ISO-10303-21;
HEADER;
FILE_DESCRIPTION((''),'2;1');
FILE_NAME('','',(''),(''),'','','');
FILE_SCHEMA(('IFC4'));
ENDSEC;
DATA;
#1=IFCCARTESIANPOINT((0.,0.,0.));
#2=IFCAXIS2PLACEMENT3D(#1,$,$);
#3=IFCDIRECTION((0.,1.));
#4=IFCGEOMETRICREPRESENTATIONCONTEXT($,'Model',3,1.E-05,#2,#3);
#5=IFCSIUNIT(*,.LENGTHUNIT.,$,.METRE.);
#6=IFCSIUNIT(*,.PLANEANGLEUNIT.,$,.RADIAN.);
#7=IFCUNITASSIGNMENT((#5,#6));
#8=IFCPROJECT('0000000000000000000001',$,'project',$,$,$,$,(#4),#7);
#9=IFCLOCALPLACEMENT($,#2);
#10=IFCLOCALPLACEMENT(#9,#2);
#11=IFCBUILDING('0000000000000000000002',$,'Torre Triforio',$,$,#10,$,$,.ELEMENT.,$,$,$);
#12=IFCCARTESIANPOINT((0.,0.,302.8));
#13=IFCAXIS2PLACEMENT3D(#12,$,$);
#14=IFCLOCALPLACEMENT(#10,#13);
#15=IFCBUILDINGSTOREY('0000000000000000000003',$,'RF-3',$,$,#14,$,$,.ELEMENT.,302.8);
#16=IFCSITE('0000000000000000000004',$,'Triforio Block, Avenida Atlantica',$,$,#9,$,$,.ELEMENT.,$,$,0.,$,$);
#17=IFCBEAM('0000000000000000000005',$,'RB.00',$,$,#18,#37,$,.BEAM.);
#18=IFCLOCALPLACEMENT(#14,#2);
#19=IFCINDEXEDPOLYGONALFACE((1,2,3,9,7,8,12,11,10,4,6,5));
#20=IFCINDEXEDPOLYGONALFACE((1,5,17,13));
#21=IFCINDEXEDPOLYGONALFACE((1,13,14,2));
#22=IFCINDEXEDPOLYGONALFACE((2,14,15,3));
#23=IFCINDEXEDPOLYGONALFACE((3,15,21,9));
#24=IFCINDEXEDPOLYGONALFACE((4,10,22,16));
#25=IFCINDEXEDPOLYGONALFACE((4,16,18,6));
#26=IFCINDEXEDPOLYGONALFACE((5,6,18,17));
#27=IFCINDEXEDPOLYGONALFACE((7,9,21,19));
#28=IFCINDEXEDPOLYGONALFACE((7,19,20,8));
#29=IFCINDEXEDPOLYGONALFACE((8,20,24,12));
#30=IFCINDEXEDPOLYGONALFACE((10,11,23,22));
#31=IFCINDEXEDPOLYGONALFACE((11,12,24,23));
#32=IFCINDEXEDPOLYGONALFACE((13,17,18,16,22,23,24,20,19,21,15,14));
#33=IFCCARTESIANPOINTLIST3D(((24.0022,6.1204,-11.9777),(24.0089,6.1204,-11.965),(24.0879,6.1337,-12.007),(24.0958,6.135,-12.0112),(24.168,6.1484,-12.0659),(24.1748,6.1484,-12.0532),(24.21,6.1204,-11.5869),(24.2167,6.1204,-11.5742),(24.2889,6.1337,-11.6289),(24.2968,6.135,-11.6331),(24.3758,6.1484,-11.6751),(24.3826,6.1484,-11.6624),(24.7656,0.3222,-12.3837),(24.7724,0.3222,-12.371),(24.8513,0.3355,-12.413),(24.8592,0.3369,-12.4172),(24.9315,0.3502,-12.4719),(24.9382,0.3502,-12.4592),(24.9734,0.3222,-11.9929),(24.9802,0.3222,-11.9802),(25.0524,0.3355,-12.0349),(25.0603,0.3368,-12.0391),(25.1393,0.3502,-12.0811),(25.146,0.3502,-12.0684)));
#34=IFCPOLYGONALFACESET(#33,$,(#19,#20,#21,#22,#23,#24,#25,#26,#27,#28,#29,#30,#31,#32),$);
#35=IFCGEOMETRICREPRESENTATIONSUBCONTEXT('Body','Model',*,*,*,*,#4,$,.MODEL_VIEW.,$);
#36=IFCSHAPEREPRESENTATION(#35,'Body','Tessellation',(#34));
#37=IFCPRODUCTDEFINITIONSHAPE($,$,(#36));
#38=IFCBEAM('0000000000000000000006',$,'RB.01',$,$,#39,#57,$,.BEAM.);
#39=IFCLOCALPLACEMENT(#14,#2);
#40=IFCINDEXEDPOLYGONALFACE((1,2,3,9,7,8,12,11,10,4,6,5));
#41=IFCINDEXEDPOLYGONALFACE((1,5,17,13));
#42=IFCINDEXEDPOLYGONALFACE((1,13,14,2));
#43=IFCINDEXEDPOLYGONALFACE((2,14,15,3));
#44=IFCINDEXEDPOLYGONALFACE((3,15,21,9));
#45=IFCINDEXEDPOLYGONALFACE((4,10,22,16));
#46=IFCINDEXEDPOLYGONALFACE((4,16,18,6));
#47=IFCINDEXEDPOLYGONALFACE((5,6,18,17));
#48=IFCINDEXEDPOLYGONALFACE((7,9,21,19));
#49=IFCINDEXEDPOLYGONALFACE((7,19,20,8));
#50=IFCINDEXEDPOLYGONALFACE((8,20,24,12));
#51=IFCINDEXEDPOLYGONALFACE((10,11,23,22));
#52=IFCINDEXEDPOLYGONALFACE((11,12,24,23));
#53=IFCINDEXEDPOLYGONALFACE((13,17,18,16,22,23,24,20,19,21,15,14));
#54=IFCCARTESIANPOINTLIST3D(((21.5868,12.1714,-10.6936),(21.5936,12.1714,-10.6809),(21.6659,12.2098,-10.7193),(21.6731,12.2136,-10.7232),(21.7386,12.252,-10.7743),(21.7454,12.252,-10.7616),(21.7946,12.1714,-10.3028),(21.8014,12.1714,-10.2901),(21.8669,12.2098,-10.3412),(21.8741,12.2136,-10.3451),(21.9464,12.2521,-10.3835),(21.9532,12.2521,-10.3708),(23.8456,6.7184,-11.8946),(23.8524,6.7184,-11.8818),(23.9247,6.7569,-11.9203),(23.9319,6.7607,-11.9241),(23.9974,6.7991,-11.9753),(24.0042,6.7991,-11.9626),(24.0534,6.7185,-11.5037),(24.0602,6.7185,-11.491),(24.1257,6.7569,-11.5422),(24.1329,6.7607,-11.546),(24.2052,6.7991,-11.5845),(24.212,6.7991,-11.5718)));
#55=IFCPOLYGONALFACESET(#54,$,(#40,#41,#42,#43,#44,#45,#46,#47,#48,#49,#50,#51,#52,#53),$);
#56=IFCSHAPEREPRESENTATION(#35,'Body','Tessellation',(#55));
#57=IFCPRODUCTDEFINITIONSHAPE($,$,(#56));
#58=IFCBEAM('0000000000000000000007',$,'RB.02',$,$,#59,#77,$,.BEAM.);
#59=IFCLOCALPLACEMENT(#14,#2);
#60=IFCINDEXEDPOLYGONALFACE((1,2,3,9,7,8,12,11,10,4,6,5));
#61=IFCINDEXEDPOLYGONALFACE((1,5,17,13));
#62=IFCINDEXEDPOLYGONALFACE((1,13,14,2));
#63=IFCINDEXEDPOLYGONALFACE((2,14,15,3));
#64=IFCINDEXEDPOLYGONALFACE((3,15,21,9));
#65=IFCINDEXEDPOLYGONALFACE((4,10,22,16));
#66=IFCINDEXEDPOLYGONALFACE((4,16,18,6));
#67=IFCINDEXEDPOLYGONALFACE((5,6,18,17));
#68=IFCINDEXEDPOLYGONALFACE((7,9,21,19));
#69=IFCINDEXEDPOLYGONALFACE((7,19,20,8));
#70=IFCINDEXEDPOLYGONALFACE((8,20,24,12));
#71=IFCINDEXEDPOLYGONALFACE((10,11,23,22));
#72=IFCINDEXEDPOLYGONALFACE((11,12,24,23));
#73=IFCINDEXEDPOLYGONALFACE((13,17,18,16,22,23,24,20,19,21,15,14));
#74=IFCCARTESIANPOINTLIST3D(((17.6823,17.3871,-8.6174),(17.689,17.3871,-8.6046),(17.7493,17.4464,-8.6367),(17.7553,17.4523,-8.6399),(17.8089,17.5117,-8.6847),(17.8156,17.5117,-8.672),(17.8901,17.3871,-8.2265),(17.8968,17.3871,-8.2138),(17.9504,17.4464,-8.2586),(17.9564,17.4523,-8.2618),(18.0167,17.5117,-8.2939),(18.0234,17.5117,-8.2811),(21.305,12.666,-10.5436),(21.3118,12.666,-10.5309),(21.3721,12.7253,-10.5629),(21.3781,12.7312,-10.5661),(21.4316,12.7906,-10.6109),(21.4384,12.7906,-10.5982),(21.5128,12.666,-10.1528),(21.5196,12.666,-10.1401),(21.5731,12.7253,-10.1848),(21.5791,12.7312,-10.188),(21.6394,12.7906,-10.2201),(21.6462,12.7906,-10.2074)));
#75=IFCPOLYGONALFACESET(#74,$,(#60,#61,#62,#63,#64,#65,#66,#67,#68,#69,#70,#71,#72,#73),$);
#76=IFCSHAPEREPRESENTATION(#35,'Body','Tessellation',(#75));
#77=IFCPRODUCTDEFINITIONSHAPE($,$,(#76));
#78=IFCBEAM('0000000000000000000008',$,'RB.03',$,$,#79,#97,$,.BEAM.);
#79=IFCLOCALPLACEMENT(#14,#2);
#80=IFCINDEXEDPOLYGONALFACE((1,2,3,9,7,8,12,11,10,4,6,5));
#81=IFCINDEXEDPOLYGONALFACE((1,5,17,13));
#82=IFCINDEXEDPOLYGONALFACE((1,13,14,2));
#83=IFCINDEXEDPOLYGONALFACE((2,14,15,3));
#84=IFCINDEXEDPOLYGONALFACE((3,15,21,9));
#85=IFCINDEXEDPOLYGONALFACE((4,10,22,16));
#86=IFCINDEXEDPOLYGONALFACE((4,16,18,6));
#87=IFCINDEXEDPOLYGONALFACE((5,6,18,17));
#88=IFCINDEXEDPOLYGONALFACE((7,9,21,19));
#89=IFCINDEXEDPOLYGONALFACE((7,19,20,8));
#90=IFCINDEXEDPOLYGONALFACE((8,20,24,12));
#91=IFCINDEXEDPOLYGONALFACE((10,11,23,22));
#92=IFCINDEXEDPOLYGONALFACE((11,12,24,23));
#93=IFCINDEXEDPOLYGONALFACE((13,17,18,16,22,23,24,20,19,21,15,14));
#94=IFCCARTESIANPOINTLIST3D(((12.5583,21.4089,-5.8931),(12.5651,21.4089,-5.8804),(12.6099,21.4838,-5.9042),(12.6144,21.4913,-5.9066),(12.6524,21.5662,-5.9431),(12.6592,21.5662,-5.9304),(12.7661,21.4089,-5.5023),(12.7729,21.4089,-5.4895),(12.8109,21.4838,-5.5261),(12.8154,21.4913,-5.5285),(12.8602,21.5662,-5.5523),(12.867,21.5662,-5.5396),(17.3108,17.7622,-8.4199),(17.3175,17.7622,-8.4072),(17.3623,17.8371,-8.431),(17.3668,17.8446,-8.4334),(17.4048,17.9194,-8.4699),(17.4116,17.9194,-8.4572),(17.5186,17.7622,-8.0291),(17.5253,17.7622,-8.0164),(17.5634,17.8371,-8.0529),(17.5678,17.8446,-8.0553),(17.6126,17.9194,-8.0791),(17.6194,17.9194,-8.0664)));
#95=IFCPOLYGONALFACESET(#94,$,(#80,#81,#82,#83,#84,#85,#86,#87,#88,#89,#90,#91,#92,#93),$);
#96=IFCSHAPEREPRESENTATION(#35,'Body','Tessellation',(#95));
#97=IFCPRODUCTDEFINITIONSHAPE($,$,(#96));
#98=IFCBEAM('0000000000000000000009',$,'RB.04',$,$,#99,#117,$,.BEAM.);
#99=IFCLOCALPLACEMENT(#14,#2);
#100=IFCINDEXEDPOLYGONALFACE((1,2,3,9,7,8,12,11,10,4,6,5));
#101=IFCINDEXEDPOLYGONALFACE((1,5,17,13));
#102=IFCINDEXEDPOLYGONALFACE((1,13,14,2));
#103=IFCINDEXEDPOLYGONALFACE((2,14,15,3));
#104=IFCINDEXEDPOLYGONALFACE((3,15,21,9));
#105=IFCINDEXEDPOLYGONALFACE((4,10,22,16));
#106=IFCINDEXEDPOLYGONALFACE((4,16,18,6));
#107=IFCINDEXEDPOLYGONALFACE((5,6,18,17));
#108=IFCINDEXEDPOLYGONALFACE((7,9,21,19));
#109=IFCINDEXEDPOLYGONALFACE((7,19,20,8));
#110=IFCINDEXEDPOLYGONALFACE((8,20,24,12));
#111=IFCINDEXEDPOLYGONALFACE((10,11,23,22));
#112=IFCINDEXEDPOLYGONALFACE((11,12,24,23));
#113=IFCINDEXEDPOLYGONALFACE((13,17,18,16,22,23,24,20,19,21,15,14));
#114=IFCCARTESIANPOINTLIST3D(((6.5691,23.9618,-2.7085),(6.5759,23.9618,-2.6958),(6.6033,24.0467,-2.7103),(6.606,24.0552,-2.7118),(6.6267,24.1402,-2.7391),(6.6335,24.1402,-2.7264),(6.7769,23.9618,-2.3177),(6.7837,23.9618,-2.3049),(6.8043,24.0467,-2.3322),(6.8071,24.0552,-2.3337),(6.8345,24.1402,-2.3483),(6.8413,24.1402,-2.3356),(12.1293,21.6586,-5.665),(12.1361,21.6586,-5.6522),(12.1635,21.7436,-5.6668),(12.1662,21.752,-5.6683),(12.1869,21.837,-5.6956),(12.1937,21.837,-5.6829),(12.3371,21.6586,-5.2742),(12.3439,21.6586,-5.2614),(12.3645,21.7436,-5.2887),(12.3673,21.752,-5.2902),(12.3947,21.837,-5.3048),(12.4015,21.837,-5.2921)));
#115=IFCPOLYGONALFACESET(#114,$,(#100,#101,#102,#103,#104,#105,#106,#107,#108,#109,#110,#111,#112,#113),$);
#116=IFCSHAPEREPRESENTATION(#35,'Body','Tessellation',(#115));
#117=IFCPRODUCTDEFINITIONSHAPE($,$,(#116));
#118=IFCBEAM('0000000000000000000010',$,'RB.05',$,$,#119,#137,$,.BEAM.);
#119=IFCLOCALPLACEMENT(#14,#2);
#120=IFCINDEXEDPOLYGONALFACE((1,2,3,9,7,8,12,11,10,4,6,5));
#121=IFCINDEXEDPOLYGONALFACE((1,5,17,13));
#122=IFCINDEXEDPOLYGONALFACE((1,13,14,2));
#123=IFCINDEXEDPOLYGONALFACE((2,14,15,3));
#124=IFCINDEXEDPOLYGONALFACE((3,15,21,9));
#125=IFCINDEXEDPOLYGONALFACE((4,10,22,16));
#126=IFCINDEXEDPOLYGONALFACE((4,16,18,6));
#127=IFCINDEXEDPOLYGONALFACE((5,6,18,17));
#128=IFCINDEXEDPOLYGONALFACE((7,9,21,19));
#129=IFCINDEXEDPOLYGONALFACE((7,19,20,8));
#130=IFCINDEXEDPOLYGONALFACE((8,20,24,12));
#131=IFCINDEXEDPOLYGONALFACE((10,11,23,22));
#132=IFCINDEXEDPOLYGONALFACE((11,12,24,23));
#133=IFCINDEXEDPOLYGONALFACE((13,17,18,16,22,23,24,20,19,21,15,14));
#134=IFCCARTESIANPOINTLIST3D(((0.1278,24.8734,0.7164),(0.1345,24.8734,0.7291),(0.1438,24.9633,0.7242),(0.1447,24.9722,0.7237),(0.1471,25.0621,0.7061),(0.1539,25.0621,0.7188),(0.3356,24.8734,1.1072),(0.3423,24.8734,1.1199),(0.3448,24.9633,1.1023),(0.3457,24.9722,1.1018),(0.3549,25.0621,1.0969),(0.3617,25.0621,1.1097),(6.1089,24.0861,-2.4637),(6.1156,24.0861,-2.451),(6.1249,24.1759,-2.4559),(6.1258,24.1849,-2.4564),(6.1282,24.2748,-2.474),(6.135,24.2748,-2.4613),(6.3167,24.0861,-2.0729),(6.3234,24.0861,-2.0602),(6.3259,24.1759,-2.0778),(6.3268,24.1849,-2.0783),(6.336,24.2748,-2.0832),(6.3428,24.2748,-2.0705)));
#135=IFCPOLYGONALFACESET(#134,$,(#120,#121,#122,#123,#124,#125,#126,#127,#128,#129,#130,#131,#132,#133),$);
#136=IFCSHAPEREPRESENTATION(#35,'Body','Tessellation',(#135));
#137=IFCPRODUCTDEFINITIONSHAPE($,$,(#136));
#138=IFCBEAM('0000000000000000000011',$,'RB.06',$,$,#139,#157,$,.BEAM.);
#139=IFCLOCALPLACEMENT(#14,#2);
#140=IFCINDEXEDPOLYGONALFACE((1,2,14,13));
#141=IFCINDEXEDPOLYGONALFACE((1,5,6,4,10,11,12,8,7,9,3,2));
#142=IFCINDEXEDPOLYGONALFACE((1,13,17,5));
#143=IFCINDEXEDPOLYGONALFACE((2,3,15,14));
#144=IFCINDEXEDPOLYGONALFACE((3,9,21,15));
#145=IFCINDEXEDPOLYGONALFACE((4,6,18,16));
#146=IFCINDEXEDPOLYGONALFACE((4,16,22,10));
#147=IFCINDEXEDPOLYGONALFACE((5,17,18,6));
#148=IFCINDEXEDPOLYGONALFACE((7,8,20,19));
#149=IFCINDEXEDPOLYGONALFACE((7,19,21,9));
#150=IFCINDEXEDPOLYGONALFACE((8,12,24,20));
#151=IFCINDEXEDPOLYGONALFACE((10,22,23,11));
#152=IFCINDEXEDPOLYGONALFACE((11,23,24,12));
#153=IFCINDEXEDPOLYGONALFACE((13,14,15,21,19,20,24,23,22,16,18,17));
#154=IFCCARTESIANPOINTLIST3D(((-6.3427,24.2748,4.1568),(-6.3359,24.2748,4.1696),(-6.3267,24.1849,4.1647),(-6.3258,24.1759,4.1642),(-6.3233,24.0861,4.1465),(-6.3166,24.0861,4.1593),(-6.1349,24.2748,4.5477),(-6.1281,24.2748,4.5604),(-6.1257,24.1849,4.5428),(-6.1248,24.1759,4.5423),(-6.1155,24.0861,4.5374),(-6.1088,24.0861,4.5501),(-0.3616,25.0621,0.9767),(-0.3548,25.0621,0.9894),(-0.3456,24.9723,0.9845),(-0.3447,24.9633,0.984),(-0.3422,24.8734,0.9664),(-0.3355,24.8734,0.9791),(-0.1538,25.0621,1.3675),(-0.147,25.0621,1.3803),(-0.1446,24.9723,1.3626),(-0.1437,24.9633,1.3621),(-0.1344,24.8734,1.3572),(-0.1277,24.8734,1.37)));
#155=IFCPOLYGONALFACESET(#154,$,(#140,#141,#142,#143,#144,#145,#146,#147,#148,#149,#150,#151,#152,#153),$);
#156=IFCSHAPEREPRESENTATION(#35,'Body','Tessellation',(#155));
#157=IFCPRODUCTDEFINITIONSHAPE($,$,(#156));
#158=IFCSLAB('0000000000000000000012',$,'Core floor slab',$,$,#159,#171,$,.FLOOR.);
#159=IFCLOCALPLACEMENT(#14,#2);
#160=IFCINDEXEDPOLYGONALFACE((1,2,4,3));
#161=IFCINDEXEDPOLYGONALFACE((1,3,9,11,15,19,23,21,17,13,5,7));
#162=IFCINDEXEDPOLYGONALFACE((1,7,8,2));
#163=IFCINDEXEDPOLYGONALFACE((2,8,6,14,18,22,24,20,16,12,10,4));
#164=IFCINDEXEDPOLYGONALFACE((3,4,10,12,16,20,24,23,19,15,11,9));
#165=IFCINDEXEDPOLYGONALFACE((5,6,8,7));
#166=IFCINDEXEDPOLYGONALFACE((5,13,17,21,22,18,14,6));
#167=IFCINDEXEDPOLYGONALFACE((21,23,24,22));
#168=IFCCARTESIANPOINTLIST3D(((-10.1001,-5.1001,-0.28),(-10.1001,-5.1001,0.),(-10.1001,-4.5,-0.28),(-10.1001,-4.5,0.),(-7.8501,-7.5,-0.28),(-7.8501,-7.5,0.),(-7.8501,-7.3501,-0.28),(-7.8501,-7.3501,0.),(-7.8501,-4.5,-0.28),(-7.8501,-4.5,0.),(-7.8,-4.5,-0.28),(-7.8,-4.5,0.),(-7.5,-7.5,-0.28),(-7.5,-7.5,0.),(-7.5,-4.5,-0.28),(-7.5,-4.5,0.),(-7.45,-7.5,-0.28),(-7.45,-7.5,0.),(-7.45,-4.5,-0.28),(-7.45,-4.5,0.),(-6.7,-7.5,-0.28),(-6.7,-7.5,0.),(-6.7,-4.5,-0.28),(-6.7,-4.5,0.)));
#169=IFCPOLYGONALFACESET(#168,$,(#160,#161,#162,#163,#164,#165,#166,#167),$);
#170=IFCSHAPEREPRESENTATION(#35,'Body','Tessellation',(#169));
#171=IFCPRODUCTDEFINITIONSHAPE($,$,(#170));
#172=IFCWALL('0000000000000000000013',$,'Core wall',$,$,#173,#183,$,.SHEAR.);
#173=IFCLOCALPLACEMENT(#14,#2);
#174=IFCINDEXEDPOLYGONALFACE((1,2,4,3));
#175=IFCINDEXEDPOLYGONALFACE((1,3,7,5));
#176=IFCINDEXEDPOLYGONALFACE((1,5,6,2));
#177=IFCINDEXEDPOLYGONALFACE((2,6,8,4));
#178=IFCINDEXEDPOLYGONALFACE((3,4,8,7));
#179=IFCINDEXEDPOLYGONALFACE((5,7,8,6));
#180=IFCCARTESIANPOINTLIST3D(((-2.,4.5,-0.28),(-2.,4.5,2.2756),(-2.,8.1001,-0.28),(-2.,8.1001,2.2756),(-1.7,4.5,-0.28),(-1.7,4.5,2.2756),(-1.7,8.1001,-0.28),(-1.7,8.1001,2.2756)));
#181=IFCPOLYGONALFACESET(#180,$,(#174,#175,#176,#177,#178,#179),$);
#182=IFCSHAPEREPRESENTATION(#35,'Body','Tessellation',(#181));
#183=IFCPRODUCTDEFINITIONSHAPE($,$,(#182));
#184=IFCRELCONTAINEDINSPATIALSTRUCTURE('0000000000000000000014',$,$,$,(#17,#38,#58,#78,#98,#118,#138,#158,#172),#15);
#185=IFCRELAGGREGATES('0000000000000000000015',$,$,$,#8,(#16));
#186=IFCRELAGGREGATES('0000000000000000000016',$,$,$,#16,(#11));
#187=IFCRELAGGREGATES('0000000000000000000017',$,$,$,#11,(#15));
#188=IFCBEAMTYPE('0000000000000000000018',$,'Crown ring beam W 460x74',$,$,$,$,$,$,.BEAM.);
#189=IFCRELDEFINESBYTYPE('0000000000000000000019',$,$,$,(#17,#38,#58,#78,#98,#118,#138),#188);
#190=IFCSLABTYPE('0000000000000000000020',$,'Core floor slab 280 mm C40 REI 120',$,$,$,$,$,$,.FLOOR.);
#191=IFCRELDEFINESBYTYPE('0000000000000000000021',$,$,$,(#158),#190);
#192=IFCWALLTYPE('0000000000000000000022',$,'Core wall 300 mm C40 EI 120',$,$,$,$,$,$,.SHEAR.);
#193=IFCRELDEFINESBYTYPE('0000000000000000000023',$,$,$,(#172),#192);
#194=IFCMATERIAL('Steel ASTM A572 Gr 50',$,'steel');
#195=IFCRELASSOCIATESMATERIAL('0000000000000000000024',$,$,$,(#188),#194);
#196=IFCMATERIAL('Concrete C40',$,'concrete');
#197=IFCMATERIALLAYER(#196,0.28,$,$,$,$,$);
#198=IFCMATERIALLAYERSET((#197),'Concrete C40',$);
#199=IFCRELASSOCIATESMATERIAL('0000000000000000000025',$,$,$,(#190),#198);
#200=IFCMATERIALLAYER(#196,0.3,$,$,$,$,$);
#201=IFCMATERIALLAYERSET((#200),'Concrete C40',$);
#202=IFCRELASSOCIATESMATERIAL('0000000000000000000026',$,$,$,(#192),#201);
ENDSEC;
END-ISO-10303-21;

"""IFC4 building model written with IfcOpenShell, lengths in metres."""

from ifc_helpers import new_model, si_unit, direction, frame, origin, origin_2d, place, context, subcontext, project, spatial, polyline, i_section, outline, extrude, material, layer, layer_set, material_profile, profile_set, type_object, element, save


model = new_model("IFC4")

# Units and contexts
model_context = context("Model", 3, precision=1e-05, world=origin(), true_north=direction((0.0, 1.0)))
body_context = subcontext(model_context, "Body", "Model", "MODEL_VIEW")
ifc_project = project(units=[si_unit("LENGTHUNIT", "METRE"), si_unit("PLANEANGLEUNIT", "RADIAN")], contexts=[model_context])

# Site, building, storey
site_placement = place(None, origin())
site = spatial("IfcSite", under=ifc_project, at=site_placement, Name="Triforio Block, Avenida Atlantica", CompositionType="ELEMENT", RefElevation=0.0)
building_placement = place(site_placement, origin())
building = spatial("IfcBuilding", under=site, at=building_placement, Name="Torre Triforio", CompositionType="ELEMENT")
storey_placement = place(building_placement, frame((0.0, 0.0, 302.8)))
storey = spatial("IfcBuildingStorey", under=building, at=storey_placement, Name="RF-3", CompositionType="ELEMENT", Elevation=302.8)

# Shared definitions
ifc_material_1 = material(Name="Concrete C40", Category="concrete")

# Shared definitions
ifc_material_2 = material(Name="Steel ASTM A572 Gr 50", Category="steel")

# Beams
ifc_material_profile_1 = material_profile(ifc_material_2, i_section(OverallWidth=0.1899, OverallDepth=0.457, WebThickness=0.009, FlangeThickness=0.0144, at=origin_2d()), Name="W 460x74")
ifc_profile_set_1 = profile_set([ifc_material_profile_1], Name="Steel ASTM A572 Gr 50")
beam_type = type_object("IfcBeamType", Name="Crown ring beam W 460x74", PredefinedType="BEAM", material=ifc_profile_set_1)
beam_1_placement = place(storey_placement, frame((24.9558, 0.3362, -12.2261), z_axis=(-0.130229, 0.989062, 0.069258), x_axis=(-0.873289, -0.1475, 0.464338)))
element("IfcBeam", 1, at=beam_1_placement, inside=storey, type_object=beam_type, Name="RB.00", PredefinedType="BEAM", context=body_context, shape_type="SweptSolid", body=[
    extrude(i_section(OverallWidth=0.1899, OverallDepth=0.457, WebThickness=0.009, FlangeThickness=0.0144, at=origin_2d()), origin(), (0.0, 0.0, 1.0), 5.8623),
])
beam_2_placement = place(storey_placement, frame((24.0288, 6.7588, -11.7332), z_axis=(-0.375018, 0.905321, 0.199386), x_axis=(-0.799349, -0.424727, 0.425026)))
element("IfcBeam", 2, at=beam_2_placement, inside=storey, type_object=beam_type, Name="RB.01", PredefinedType="BEAM", context=body_context, shape_type="SweptSolid", body=[
    extrude(i_section(OverallWidth=0.1899, OverallDepth=0.457, WebThickness=0.009, FlangeThickness=0.0144, at=origin_2d()), origin(), (0.0, 0.0, 1.0), 6.0232),
])
beam_3_placement = place(storey_placement, frame((21.4756, 12.7283, -10.3755), z_axis=(-0.579186, 0.754788, 0.307957), x_axis=(-0.666437, -0.655968, 0.354356)))
element("IfcBeam", 3, at=beam_3_placement, inside=storey, type_object=beam_type, Name="RB.02", PredefinedType="BEAM", context=body_context, shape_type="SweptSolid", body=[
    extrude(i_section(OverallWidth=0.1899, OverallDepth=0.457, WebThickness=0.009, FlangeThickness=0.0144, at=origin_2d()), origin(), (0.0, 0.0, 1.0), 6.2549),
])
beam_4_placement = place(storey_placement, frame((17.4651, 17.8408, -8.2432), z_axis=(-0.730978, 0.560907, 0.388658), x_axis=(-0.495253, -0.827879, 0.263327)))
element("IfcBeam", 4, at=beam_4_placement, inside=storey, type_object=beam_type, Name="RB.03", PredefinedType="BEAM", context=body_context, shape_type="SweptSolid", body=[
    extrude(i_section(OverallWidth=0.1899, OverallDepth=0.457, WebThickness=0.009, FlangeThickness=0.0144, at=origin_2d()), origin(), (0.0, 0.0, 1.0), 6.5015),
])
beam_5_placement = place(storey_placement, frame((12.2654, 21.7478, -5.4785), z_axis=(-0.829222, 0.343486, 0.440917), x_axis=(-0.303282, -0.939158, 0.161253)))
element("IfcBeam", 5, at=beam_5_placement, inside=storey, type_object=beam_type, Name="RB.04", PredefinedType="BEAM", context=body_context, shape_type="SweptSolid", body=[
    extrude(i_section(OverallWidth=0.1899, OverallDepth=0.457, WebThickness=0.009, FlangeThickness=0.0144, at=origin_2d()), origin(), (0.0, 0.0, 1.0), 6.7053),
])
for number, where, z_axis, x_axis, name in (
    (6, (6.2258, 24.1804, -2.2671), (-0.877048, 0.115453, 0.466322), (-0.101936, -0.993313, 0.054208), "RB.05"),
    (7, (-0.2446, 24.9678, 1.1733), (-0.877048, -0.115453, 0.466322), (0.101936, -0.993313, -0.054208), "RB.06"),
):
    element("IfcBeam", number, at=place(storey_placement, frame(where, z_axis=z_axis, x_axis=x_axis)), inside=storey, type_object=beam_type, Name=name, PredefinedType="BEAM", context=body_context, shape_type="SweptSolid", body=[
        extrude(i_section(OverallWidth=0.1899, OverallDepth=0.457, WebThickness=0.009, FlangeThickness=0.0144, at=origin_2d()), origin(), (0.0, 0.0, 1.0), 6.8196),
    ])

# Slab
ifc_layer_1 = layer(ifc_material_1, 0.28)
ifc_layer_set_1 = layer_set([ifc_layer_1], Name="Concrete C40")
slab_type = type_object("IfcSlabType", Name="Core floor slab 280 mm C40 REI 120", PredefinedType="FLOOR", material=ifc_layer_set_1)
slab_placement = place(storey_placement, frame((0.0, 0.0, -0.28)))
element("IfcSlab", 8, at=slab_placement, inside=storey, type_object=slab_type, Name="Core floor slab", PredefinedType="FLOOR", context=body_context, shape_type="SweptSolid", body=[
    extrude(outline(polyline([(-7.45, -4.5), (-6.7, -4.5), (-6.7, -7.5), (-7.45, -7.5), (-7.5, -7.5), (-7.8501, -7.5), (-7.8501, -7.3501), (-10.1001, -5.1001), (-10.1001, -4.5), (-7.8501, -4.5), (-7.8, -4.5), (-7.5, -4.5), (-7.45, -4.5)])), origin(), (0.0, 0.0, 1.0), 0.28),
])

# Wall
ifc_layer_2 = layer(ifc_material_1, 0.3)
ifc_layer_set_2 = layer_set([ifc_layer_2], Name="Concrete C40")
wall_type_1 = type_object("IfcWallType", Name="Core wall 300 mm C40 EI 120", PredefinedType="SHEAR", material=ifc_layer_set_2)
wall_1_placement = place(storey_placement, frame((-1.8501, 4.5, -0.28), z_axis=(0.0, 0.0, 1.0), x_axis=(0.0, 1.0, 0.0)))
element("IfcWall", 9, at=wall_1_placement, inside=storey, type_object=wall_type_1, Name="Core wall", PredefinedType="SHEAR", context=body_context, shape_type="SweptSolid", body=[
    extrude(outline(polyline([(0.0, 0.0), (3.6001, 0.0), (3.6001, 2.5557), (0.0, 2.5557), (0.0, 0.0)])), frame((0.0, 0.1499, 0.0), z_axis=(0.0, -1.0, 0.0), x_axis=(1.0, 0.0, 0.0)), (0.0, 0.0, 1.0), 0.3),
])

save(model, "model.ifc")
